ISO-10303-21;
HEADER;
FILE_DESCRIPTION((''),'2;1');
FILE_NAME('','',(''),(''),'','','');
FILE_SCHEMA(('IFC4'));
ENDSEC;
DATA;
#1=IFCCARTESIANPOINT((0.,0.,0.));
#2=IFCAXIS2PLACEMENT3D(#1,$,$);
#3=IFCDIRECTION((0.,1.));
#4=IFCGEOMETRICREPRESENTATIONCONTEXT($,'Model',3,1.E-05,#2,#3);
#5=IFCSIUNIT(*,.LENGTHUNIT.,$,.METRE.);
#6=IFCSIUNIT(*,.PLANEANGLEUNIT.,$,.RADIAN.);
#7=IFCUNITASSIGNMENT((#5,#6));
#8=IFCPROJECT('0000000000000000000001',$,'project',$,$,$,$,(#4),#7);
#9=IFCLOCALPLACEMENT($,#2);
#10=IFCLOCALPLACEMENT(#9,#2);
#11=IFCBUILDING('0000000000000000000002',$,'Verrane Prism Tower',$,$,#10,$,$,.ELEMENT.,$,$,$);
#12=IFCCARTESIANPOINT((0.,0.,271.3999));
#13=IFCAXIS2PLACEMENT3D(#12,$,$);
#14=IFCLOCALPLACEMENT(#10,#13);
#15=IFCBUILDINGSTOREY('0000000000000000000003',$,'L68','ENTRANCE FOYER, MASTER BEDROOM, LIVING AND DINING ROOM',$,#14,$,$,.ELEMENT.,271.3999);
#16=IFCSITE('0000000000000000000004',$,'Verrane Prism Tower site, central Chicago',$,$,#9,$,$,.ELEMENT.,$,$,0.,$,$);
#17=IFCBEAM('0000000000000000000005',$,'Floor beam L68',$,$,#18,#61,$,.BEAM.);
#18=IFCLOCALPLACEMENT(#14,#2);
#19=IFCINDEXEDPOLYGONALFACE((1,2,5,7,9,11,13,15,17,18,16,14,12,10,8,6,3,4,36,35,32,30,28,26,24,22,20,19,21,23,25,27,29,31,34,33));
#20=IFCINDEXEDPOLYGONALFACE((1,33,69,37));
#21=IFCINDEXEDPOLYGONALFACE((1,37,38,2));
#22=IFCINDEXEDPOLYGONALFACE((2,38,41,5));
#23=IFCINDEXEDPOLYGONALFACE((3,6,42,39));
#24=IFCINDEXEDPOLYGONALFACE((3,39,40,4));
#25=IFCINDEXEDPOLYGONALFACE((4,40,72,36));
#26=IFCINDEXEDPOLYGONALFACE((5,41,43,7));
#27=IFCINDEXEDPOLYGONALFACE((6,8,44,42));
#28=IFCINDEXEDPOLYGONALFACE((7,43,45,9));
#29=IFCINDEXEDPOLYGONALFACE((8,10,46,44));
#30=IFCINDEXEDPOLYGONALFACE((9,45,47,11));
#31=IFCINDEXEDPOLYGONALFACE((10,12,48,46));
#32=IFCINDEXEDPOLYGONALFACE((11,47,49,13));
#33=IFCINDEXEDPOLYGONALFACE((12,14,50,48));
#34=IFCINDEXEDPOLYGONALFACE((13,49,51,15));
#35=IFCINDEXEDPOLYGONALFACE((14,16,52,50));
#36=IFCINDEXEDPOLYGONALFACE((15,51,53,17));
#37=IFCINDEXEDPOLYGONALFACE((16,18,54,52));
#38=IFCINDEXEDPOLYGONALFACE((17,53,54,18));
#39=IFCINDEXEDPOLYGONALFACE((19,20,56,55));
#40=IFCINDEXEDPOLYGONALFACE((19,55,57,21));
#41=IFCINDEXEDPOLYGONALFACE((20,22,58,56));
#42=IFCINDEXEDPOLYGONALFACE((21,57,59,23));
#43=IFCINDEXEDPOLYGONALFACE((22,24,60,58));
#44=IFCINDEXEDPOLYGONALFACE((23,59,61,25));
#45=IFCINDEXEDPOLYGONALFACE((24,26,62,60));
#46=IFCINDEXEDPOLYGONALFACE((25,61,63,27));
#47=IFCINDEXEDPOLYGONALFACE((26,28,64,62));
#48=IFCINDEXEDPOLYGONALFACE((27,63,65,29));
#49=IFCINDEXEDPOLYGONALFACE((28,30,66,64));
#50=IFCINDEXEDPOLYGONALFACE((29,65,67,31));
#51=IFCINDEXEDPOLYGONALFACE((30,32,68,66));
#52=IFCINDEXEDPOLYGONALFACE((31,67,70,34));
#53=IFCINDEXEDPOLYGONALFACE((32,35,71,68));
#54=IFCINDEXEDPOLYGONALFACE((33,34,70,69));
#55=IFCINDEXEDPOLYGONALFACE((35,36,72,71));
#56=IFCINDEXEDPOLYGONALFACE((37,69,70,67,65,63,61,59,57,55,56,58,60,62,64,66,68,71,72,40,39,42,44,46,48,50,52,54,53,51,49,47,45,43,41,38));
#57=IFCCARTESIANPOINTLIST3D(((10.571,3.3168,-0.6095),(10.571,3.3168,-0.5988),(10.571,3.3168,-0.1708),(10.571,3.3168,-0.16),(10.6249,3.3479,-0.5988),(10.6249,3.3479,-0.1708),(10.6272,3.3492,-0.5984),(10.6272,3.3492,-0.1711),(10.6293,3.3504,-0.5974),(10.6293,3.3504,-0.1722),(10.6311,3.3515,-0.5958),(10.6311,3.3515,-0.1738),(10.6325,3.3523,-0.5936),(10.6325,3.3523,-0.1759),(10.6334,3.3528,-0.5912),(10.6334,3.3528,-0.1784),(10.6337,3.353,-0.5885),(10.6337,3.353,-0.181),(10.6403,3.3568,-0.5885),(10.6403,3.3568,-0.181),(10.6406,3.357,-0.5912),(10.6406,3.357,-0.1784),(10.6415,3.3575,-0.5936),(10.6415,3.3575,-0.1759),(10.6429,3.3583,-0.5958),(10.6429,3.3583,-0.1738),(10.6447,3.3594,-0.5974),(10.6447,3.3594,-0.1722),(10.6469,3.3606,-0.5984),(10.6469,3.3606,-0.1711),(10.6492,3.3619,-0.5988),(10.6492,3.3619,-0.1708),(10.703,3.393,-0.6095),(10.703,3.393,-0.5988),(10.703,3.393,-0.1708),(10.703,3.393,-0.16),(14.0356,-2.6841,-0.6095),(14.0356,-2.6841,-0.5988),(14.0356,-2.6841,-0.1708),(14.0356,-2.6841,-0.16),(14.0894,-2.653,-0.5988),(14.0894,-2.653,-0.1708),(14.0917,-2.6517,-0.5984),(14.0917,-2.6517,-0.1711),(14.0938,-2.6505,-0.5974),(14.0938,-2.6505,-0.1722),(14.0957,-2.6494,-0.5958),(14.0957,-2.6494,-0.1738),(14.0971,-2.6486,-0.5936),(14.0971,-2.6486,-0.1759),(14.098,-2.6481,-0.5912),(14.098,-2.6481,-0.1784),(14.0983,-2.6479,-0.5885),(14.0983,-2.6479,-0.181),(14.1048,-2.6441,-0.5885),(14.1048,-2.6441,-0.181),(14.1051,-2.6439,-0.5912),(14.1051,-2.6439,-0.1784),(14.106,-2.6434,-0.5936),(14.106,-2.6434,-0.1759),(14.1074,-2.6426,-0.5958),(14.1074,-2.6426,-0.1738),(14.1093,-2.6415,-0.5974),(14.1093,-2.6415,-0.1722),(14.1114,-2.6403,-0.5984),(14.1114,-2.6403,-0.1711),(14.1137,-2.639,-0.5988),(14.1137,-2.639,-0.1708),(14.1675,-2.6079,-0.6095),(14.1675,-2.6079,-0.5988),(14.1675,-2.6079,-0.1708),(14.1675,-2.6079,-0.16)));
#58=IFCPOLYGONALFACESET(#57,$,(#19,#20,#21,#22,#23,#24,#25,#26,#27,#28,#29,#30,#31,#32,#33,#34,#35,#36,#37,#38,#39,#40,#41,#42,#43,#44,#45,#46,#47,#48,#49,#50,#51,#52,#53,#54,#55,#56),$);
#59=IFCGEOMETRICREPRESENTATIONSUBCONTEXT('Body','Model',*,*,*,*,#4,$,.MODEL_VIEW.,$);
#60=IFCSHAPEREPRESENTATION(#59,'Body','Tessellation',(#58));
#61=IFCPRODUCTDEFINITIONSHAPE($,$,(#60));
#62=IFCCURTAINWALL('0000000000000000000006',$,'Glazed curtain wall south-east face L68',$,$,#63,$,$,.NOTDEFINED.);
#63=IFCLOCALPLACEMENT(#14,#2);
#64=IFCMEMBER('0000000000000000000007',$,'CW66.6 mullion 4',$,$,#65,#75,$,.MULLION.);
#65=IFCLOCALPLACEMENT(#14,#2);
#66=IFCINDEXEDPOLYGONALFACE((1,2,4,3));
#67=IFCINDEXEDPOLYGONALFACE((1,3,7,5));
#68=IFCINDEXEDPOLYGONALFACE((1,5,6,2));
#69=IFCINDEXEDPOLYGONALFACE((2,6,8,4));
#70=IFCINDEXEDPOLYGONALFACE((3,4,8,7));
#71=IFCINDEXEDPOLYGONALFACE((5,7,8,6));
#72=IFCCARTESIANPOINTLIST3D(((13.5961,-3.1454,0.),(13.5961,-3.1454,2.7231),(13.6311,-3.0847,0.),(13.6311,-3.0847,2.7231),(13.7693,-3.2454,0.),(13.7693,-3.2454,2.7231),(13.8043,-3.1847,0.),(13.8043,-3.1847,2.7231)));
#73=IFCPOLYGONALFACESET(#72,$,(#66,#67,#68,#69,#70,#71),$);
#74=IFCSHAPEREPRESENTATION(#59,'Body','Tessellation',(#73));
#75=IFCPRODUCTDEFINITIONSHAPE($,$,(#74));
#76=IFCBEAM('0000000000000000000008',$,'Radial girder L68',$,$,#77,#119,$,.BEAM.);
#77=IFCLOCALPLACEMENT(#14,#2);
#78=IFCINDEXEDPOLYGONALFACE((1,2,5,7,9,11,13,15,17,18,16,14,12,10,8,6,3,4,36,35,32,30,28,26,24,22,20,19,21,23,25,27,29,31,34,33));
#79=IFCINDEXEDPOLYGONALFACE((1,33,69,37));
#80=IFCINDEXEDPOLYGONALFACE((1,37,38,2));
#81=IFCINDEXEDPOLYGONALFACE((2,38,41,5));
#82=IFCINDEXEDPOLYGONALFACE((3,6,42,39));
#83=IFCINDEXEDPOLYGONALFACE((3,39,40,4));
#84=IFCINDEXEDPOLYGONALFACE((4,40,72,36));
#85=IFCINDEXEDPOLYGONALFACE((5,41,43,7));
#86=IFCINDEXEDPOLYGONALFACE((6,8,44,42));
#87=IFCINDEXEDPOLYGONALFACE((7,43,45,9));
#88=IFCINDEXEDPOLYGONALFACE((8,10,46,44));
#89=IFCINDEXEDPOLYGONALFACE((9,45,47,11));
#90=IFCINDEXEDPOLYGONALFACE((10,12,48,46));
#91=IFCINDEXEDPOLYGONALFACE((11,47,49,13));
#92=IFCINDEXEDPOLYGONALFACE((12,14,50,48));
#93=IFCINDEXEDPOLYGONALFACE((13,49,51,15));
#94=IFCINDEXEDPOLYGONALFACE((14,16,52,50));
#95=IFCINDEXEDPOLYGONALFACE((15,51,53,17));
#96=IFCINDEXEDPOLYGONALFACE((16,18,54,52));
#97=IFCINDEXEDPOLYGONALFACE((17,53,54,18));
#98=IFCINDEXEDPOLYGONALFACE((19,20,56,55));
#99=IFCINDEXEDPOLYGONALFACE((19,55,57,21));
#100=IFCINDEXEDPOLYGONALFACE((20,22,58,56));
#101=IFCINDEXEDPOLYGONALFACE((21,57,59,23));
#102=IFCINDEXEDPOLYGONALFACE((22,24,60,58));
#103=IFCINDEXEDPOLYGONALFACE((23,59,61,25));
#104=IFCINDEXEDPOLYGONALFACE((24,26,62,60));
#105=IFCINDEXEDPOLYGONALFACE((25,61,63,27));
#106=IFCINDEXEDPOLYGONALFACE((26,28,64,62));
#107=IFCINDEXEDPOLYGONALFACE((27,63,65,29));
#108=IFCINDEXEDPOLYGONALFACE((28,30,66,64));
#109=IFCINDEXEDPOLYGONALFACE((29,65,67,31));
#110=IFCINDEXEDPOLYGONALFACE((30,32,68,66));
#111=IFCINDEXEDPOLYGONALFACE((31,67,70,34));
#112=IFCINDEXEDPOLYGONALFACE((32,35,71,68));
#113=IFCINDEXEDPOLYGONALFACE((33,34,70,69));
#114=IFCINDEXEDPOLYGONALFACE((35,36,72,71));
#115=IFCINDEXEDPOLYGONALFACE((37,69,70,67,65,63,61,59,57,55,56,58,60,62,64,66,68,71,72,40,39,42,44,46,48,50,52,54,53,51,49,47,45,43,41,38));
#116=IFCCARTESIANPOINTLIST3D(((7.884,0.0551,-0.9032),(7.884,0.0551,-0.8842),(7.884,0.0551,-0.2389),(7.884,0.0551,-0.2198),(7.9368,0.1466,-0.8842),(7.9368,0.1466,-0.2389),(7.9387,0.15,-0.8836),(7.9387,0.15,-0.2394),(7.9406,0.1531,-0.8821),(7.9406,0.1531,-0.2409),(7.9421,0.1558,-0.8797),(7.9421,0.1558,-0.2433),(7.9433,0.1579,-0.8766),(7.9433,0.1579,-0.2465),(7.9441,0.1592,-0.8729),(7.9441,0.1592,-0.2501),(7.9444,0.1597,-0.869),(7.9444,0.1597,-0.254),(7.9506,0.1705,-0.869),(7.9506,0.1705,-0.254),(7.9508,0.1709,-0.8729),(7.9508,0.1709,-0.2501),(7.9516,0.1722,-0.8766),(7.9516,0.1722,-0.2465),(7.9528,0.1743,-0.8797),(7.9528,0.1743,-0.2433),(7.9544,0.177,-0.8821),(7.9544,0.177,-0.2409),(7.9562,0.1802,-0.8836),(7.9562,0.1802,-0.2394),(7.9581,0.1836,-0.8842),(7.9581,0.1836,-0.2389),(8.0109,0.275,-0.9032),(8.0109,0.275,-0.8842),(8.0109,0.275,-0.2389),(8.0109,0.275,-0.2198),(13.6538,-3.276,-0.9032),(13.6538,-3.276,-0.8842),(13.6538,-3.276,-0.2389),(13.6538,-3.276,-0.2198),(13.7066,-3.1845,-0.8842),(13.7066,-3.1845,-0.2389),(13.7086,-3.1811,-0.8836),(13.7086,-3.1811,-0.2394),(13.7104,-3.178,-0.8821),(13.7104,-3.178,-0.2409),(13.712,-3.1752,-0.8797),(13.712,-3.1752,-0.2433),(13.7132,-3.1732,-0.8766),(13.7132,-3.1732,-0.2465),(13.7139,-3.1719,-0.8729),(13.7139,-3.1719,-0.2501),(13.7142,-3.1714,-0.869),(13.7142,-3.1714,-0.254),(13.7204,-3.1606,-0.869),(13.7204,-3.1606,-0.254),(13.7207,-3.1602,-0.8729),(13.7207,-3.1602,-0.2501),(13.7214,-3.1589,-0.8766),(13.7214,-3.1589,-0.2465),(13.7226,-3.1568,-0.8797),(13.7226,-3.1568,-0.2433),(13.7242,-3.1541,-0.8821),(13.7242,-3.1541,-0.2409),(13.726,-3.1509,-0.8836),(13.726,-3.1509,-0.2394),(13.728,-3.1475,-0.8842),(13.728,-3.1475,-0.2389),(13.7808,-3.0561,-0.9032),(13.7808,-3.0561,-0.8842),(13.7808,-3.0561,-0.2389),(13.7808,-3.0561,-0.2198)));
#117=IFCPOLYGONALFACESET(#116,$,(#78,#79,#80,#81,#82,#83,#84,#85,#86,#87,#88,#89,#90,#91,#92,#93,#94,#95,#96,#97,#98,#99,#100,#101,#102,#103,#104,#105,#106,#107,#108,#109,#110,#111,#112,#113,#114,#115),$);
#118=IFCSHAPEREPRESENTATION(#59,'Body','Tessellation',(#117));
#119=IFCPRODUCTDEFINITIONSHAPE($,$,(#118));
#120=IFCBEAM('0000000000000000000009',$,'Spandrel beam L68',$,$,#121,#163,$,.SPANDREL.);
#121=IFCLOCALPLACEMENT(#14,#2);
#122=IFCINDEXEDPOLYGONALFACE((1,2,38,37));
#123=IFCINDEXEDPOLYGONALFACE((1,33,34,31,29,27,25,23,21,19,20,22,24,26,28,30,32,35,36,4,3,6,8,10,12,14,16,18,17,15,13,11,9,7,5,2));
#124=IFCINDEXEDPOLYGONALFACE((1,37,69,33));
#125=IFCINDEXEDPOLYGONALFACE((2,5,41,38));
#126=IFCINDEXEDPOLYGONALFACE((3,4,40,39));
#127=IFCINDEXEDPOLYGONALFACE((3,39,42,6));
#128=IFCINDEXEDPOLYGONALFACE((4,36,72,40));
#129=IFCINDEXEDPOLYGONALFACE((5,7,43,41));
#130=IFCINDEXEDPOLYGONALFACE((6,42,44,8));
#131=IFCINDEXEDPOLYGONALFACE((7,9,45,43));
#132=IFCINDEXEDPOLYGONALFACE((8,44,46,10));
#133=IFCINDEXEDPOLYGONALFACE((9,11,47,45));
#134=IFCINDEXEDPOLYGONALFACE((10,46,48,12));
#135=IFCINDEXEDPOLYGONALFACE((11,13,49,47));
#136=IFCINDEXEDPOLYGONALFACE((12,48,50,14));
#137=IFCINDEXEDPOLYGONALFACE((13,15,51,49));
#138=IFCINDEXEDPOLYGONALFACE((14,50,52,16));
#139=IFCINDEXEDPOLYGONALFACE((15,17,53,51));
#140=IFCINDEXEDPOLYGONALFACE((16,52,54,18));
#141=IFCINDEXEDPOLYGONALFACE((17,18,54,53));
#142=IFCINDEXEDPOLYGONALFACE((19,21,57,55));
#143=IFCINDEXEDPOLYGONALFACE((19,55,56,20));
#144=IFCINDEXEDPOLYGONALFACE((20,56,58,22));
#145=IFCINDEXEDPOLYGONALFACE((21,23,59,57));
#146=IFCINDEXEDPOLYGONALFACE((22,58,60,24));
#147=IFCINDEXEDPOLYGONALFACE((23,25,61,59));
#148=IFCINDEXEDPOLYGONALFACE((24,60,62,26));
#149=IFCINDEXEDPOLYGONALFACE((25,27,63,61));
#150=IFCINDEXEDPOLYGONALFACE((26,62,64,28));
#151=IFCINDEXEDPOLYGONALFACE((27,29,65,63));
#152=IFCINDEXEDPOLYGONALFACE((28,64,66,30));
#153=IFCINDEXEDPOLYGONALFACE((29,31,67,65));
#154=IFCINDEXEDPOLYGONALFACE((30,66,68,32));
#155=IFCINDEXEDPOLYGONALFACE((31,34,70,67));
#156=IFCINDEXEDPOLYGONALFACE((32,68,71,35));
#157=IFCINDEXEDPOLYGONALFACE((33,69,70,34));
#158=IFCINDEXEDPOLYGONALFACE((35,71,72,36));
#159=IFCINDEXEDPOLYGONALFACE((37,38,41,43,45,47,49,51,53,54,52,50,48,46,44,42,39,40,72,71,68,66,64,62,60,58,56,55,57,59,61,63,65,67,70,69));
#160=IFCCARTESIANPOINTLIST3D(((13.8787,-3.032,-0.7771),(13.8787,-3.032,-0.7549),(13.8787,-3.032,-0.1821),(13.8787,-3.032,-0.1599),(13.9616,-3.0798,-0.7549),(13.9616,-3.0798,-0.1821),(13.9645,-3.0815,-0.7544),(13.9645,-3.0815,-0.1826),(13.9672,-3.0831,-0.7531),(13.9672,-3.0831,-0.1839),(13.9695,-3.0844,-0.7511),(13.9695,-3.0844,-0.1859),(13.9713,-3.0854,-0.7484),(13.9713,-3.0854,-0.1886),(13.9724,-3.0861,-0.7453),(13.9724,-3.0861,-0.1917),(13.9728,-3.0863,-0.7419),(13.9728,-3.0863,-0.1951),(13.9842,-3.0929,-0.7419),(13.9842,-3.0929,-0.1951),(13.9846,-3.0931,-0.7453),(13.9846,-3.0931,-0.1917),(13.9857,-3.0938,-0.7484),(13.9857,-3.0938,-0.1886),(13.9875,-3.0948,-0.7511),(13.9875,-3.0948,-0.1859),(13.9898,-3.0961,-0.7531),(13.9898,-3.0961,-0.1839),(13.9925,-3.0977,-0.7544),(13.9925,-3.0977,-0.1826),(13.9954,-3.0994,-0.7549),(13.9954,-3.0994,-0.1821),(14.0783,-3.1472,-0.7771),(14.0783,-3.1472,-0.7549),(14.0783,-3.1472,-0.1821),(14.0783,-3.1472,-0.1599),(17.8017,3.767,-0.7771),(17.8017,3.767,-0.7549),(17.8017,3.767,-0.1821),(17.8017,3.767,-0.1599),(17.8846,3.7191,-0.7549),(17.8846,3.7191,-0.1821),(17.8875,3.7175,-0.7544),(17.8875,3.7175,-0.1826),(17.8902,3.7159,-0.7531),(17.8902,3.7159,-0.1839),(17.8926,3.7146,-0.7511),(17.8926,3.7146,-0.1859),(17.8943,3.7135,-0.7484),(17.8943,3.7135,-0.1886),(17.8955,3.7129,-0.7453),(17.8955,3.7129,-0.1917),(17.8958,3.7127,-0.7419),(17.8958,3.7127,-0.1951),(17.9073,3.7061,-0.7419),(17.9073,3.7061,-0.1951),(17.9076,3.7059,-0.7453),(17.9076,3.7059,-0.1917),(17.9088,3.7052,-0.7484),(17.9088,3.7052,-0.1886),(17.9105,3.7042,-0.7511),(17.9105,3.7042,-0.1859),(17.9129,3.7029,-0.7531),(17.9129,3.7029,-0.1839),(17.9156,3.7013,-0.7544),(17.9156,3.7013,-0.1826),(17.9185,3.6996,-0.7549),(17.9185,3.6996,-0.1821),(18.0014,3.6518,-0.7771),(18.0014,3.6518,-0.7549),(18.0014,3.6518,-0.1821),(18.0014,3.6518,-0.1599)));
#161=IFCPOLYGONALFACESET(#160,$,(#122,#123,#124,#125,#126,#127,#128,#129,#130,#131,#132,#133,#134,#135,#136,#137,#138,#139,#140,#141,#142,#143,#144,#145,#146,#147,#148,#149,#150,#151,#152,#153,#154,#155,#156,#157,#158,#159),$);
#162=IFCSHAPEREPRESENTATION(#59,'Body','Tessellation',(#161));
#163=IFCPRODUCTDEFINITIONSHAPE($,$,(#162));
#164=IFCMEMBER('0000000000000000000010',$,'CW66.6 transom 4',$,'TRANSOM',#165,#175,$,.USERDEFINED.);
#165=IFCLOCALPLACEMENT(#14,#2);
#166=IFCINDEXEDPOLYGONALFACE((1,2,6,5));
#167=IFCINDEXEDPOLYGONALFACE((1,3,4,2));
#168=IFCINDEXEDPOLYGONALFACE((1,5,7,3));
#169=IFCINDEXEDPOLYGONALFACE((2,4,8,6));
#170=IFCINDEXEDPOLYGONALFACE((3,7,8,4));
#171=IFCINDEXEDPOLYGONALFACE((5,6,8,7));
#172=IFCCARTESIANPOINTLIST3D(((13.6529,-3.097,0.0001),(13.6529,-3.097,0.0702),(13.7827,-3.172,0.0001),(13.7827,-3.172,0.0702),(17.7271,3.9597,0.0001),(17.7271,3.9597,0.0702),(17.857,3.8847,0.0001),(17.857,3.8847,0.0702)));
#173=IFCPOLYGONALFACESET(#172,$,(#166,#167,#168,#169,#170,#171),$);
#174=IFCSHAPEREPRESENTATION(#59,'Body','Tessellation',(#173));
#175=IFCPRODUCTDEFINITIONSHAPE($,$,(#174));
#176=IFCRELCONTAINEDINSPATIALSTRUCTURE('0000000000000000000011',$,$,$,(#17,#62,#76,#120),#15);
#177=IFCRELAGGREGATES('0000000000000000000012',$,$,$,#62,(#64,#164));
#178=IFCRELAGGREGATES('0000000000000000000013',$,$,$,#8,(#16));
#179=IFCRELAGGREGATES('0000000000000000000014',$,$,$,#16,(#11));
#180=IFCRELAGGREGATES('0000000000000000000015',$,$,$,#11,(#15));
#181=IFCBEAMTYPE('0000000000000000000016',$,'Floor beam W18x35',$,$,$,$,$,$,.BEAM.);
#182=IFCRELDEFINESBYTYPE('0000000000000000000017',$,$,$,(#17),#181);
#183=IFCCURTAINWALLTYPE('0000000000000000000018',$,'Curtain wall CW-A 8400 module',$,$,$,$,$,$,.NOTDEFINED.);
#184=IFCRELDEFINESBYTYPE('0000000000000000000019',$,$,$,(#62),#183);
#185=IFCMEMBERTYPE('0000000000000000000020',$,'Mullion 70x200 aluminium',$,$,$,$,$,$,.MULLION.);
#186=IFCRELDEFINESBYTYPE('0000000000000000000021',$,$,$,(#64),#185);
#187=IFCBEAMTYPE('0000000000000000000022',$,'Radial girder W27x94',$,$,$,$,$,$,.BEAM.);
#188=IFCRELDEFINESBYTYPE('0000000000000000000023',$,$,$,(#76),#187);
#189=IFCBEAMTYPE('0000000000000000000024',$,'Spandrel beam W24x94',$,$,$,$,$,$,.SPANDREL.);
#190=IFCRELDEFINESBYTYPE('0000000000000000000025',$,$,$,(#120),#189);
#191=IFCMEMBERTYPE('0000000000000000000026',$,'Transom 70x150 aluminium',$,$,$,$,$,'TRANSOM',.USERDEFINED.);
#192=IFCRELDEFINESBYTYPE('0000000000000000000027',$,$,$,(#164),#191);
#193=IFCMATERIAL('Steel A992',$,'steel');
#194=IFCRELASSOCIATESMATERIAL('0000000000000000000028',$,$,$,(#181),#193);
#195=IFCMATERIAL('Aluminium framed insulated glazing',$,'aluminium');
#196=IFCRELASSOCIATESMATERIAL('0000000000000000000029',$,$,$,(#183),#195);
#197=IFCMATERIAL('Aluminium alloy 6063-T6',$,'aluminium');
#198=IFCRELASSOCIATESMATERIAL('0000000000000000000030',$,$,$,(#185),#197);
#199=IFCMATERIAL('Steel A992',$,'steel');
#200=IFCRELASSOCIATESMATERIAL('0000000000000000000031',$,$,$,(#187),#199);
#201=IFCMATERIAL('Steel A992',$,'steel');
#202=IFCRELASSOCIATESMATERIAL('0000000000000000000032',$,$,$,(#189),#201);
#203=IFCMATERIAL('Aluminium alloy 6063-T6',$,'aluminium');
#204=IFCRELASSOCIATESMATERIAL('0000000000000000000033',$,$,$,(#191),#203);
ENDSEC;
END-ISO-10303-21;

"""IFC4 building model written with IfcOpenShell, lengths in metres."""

from ifc_helpers import new_model, si_unit, direction, frame, origin, origin_2d, place, context, subcontext, project, spatial, rectangle, i_section, extrude, material, material_profile, profile_set, type_object, element, aggregate, save


model = new_model("IFC4")

# Units and contexts
model_context = context("Model", 3, precision=1e-05, world=origin(), true_north=direction((0.0, 1.0)))
body_context = subcontext(model_context, "Body", "Model", "MODEL_VIEW")
ifc_project = project(units=[si_unit("LENGTHUNIT", "METRE"), si_unit("PLANEANGLEUNIT", "RADIAN")], contexts=[model_context])

# Site, building, storey
site_placement = place(None, origin())
site = spatial("IfcSite", under=ifc_project, at=site_placement, Name="Verrane Prism Tower site, central Chicago", CompositionType="ELEMENT", RefElevation=0.0)
building_placement = place(site_placement, origin())
building = spatial("IfcBuilding", under=site, at=building_placement, Name="Verrane Prism Tower", CompositionType="ELEMENT")
storey_placement = place(building_placement, frame((0.0, 0.0, 271.3999)))
storey = spatial("IfcBuildingStorey", under=building, at=storey_placement, Name="L68", Description="ENTRANCE FOYER, MASTER BEDROOM, LIVING AND DINING ROOM", CompositionType="ELEMENT", Elevation=271.3999)

# Beam
ifc_material_1 = material(Name="Steel A992", Category="steel")
ifc_material_profile_1 = material_profile(ifc_material_1, i_section(OverallWidth=0.1523, OverallDepth=0.4495, WebThickness=0.0076, FlangeThickness=0.0107, FilletRadius=0.0103, at=origin_2d()), Name="W18x35")
ifc_profile_set_1 = profile_set([ifc_material_profile_1], Name="Steel A992")
beam_type_1 = type_object("IfcBeamType", Name="Floor beam W18x35", PredefinedType="BEAM", material=ifc_profile_set_1)
beam_1_placement = place(storey_placement, frame((14.1016, -2.646, -0.3848), z_axis=(-0.499993, 0.86603, 0.0), x_axis=(-0.86603, -0.499993, 0.0)))
element("IfcBeam", 1, at=beam_1_placement, inside=storey, type_object=beam_type_1, Name="Floor beam L68", PredefinedType="BEAM", context=body_context, shape_type="SweptSolid", body=[
    extrude(i_section(OverallWidth=0.1523, OverallDepth=0.4495, WebThickness=0.0076, FlangeThickness=0.0107, FilletRadius=0.0103, at=origin_2d()), origin(), (0.0, 0.0, 1.0), 6.9292),
])

# Curtain wall, member
ifc_material_2 = material(Name="Aluminium framed insulated glazing", Category="aluminium")
curtain_wall_type = type_object("IfcCurtainWallType", Name="Curtain wall CW-A 8400 module", PredefinedType="NOTDEFINED", material=ifc_material_2)
curtain_wall_placement = place(storey_placement, origin())
curtain_wall = element("IfcCurtainWall", 2, at=curtain_wall_placement, inside=storey, type_object=curtain_wall_type, Name="Glazed curtain wall south-east face L68", PredefinedType="NOTDEFINED")
ifc_material_3 = material(Name="Aluminium alloy 6063-T6", Category="aluminium")
ifc_material_profile_2 = material_profile(ifc_material_3, rectangle(XDim=0.2, YDim=0.0701, at=origin_2d()), Name="Mullion 70x200 aluminium")
ifc_profile_set_2 = profile_set([ifc_material_profile_2], Name="Aluminium alloy 6063-T6")
member_type_1 = type_object("IfcMemberType", Name="Mullion 70x200 aluminium", PredefinedType="MULLION", material=ifc_profile_set_2)
member_1_placement = place(storey_placement, frame((13.7002, -3.165, 0.0), z_axis=(0.0, 0.0, 1.0), x_axis=(-0.866025, 0.500001, 0.0)))
member_1 = element("IfcMember", 3, at=member_1_placement, type_object=member_type_1, Name="CW66.6 mullion 4", PredefinedType="MULLION", context=body_context, shape_type="SweptSolid", body=[
    extrude(rectangle(XDim=0.2, YDim=0.0701, at=origin_2d()), origin(), (0.0, 0.0, 1.0), 2.7231),
])

# Beams
ifc_material_4 = material(Name="Steel A992", Category="steel")
ifc_material_profile_3 = material_profile(ifc_material_4, i_section(OverallWidth=0.2539, OverallDepth=0.6833, WebThickness=0.0125, FlangeThickness=0.019, FilletRadius=0.0151, at=origin_2d()), Name="W27x94")
ifc_profile_set_3 = profile_set([ifc_material_profile_3], Name="Steel A992")
beam_type_2 = type_object("IfcBeamType", Name="Radial girder W27x94", PredefinedType="BEAM", material=ifc_profile_set_3)
beam_2_placement = place(storey_placement, frame((13.7173, -3.166, -0.5615), z_axis=(-0.866034, 0.499986, 0.0), x_axis=(-0.499986, -0.866034, 0.0)))
element("IfcBeam", 4, at=beam_2_placement, inside=storey, type_object=beam_type_2, Name="Radial girder L68", PredefinedType="BEAM", context=body_context, shape_type="SweptSolid", body=[
    extrude(i_section(OverallWidth=0.2539, OverallDepth=0.6833, WebThickness=0.0125, FlangeThickness=0.019, FilletRadius=0.0151, at=origin_2d()), origin(), (0.0, 0.0, 1.0), 6.6624),
])
ifc_material_5 = material(Name="Steel A992", Category="steel")
ifc_material_profile_4 = material_profile(ifc_material_5, i_section(OverallWidth=0.2305, OverallDepth=0.6172, WebThickness=0.0132, FlangeThickness=0.0222, FilletRadius=0.0129, at=origin_2d()), Name="W24x94")
ifc_profile_set_4 = profile_set([ifc_material_profile_4], Name="Steel A992")
beam_type_3 = type_object("IfcBeamType", Name="Spandrel beam W24x94", PredefinedType="SPANDREL", material=ifc_profile_set_4)
beam_3_placement = place(storey_placement, frame((13.9785, -3.0896, -0.4685), z_axis=(0.499775, 0.866155, 0.0), x_axis=(-0.866155, 0.499775, 0.0)))
element("IfcBeam", 5, at=beam_3_placement, inside=storey, type_object=beam_type_3, Name="Spandrel beam L68", PredefinedType="SPANDREL", context=body_context, shape_type="SweptSolid", body=[
    extrude(i_section(OverallWidth=0.2305, OverallDepth=0.6172, WebThickness=0.0132, FlangeThickness=0.0222, FilletRadius=0.0129, at=origin_2d()), origin(), (0.0, 0.0, 1.0), 7.8496),
])

# Member
ifc_material_6 = material(Name="Aluminium alloy 6063-T6", Category="aluminium")
ifc_material_profile_5 = material_profile(ifc_material_6, rectangle(XDim=0.1499, YDim=0.0701, at=origin_2d()), Name="Transom 70x150 aluminium")
ifc_profile_set_5 = profile_set([ifc_material_profile_5], Name="Aluminium alloy 6063-T6")
member_type_2 = type_object("IfcMemberType", Name="Transom 70x150 aluminium", ElementType="TRANSOM", PredefinedType="USERDEFINED", material=ifc_profile_set_5)
member_2_placement = place(storey_placement, frame((13.7178, -3.1345, 0.0352), z_axis=(0.500006, 0.866022, 0.0), x_axis=(-0.866022, 0.500006, 0.0)))
member_2 = element("IfcMember", 6, at=member_2_placement, type_object=member_type_2, Name="CW66.6 transom 4", ObjectType="TRANSOM", PredefinedType="USERDEFINED", context=body_context, shape_type="SweptSolid", body=[
    extrude(rectangle(XDim=0.1499, YDim=0.0701, at=origin_2d()), origin(), (0.0, 0.0, 1.0), 8.1484),
])

aggregate(curtain_wall, [member_1, member_2])

save(model, "model.ifc")
